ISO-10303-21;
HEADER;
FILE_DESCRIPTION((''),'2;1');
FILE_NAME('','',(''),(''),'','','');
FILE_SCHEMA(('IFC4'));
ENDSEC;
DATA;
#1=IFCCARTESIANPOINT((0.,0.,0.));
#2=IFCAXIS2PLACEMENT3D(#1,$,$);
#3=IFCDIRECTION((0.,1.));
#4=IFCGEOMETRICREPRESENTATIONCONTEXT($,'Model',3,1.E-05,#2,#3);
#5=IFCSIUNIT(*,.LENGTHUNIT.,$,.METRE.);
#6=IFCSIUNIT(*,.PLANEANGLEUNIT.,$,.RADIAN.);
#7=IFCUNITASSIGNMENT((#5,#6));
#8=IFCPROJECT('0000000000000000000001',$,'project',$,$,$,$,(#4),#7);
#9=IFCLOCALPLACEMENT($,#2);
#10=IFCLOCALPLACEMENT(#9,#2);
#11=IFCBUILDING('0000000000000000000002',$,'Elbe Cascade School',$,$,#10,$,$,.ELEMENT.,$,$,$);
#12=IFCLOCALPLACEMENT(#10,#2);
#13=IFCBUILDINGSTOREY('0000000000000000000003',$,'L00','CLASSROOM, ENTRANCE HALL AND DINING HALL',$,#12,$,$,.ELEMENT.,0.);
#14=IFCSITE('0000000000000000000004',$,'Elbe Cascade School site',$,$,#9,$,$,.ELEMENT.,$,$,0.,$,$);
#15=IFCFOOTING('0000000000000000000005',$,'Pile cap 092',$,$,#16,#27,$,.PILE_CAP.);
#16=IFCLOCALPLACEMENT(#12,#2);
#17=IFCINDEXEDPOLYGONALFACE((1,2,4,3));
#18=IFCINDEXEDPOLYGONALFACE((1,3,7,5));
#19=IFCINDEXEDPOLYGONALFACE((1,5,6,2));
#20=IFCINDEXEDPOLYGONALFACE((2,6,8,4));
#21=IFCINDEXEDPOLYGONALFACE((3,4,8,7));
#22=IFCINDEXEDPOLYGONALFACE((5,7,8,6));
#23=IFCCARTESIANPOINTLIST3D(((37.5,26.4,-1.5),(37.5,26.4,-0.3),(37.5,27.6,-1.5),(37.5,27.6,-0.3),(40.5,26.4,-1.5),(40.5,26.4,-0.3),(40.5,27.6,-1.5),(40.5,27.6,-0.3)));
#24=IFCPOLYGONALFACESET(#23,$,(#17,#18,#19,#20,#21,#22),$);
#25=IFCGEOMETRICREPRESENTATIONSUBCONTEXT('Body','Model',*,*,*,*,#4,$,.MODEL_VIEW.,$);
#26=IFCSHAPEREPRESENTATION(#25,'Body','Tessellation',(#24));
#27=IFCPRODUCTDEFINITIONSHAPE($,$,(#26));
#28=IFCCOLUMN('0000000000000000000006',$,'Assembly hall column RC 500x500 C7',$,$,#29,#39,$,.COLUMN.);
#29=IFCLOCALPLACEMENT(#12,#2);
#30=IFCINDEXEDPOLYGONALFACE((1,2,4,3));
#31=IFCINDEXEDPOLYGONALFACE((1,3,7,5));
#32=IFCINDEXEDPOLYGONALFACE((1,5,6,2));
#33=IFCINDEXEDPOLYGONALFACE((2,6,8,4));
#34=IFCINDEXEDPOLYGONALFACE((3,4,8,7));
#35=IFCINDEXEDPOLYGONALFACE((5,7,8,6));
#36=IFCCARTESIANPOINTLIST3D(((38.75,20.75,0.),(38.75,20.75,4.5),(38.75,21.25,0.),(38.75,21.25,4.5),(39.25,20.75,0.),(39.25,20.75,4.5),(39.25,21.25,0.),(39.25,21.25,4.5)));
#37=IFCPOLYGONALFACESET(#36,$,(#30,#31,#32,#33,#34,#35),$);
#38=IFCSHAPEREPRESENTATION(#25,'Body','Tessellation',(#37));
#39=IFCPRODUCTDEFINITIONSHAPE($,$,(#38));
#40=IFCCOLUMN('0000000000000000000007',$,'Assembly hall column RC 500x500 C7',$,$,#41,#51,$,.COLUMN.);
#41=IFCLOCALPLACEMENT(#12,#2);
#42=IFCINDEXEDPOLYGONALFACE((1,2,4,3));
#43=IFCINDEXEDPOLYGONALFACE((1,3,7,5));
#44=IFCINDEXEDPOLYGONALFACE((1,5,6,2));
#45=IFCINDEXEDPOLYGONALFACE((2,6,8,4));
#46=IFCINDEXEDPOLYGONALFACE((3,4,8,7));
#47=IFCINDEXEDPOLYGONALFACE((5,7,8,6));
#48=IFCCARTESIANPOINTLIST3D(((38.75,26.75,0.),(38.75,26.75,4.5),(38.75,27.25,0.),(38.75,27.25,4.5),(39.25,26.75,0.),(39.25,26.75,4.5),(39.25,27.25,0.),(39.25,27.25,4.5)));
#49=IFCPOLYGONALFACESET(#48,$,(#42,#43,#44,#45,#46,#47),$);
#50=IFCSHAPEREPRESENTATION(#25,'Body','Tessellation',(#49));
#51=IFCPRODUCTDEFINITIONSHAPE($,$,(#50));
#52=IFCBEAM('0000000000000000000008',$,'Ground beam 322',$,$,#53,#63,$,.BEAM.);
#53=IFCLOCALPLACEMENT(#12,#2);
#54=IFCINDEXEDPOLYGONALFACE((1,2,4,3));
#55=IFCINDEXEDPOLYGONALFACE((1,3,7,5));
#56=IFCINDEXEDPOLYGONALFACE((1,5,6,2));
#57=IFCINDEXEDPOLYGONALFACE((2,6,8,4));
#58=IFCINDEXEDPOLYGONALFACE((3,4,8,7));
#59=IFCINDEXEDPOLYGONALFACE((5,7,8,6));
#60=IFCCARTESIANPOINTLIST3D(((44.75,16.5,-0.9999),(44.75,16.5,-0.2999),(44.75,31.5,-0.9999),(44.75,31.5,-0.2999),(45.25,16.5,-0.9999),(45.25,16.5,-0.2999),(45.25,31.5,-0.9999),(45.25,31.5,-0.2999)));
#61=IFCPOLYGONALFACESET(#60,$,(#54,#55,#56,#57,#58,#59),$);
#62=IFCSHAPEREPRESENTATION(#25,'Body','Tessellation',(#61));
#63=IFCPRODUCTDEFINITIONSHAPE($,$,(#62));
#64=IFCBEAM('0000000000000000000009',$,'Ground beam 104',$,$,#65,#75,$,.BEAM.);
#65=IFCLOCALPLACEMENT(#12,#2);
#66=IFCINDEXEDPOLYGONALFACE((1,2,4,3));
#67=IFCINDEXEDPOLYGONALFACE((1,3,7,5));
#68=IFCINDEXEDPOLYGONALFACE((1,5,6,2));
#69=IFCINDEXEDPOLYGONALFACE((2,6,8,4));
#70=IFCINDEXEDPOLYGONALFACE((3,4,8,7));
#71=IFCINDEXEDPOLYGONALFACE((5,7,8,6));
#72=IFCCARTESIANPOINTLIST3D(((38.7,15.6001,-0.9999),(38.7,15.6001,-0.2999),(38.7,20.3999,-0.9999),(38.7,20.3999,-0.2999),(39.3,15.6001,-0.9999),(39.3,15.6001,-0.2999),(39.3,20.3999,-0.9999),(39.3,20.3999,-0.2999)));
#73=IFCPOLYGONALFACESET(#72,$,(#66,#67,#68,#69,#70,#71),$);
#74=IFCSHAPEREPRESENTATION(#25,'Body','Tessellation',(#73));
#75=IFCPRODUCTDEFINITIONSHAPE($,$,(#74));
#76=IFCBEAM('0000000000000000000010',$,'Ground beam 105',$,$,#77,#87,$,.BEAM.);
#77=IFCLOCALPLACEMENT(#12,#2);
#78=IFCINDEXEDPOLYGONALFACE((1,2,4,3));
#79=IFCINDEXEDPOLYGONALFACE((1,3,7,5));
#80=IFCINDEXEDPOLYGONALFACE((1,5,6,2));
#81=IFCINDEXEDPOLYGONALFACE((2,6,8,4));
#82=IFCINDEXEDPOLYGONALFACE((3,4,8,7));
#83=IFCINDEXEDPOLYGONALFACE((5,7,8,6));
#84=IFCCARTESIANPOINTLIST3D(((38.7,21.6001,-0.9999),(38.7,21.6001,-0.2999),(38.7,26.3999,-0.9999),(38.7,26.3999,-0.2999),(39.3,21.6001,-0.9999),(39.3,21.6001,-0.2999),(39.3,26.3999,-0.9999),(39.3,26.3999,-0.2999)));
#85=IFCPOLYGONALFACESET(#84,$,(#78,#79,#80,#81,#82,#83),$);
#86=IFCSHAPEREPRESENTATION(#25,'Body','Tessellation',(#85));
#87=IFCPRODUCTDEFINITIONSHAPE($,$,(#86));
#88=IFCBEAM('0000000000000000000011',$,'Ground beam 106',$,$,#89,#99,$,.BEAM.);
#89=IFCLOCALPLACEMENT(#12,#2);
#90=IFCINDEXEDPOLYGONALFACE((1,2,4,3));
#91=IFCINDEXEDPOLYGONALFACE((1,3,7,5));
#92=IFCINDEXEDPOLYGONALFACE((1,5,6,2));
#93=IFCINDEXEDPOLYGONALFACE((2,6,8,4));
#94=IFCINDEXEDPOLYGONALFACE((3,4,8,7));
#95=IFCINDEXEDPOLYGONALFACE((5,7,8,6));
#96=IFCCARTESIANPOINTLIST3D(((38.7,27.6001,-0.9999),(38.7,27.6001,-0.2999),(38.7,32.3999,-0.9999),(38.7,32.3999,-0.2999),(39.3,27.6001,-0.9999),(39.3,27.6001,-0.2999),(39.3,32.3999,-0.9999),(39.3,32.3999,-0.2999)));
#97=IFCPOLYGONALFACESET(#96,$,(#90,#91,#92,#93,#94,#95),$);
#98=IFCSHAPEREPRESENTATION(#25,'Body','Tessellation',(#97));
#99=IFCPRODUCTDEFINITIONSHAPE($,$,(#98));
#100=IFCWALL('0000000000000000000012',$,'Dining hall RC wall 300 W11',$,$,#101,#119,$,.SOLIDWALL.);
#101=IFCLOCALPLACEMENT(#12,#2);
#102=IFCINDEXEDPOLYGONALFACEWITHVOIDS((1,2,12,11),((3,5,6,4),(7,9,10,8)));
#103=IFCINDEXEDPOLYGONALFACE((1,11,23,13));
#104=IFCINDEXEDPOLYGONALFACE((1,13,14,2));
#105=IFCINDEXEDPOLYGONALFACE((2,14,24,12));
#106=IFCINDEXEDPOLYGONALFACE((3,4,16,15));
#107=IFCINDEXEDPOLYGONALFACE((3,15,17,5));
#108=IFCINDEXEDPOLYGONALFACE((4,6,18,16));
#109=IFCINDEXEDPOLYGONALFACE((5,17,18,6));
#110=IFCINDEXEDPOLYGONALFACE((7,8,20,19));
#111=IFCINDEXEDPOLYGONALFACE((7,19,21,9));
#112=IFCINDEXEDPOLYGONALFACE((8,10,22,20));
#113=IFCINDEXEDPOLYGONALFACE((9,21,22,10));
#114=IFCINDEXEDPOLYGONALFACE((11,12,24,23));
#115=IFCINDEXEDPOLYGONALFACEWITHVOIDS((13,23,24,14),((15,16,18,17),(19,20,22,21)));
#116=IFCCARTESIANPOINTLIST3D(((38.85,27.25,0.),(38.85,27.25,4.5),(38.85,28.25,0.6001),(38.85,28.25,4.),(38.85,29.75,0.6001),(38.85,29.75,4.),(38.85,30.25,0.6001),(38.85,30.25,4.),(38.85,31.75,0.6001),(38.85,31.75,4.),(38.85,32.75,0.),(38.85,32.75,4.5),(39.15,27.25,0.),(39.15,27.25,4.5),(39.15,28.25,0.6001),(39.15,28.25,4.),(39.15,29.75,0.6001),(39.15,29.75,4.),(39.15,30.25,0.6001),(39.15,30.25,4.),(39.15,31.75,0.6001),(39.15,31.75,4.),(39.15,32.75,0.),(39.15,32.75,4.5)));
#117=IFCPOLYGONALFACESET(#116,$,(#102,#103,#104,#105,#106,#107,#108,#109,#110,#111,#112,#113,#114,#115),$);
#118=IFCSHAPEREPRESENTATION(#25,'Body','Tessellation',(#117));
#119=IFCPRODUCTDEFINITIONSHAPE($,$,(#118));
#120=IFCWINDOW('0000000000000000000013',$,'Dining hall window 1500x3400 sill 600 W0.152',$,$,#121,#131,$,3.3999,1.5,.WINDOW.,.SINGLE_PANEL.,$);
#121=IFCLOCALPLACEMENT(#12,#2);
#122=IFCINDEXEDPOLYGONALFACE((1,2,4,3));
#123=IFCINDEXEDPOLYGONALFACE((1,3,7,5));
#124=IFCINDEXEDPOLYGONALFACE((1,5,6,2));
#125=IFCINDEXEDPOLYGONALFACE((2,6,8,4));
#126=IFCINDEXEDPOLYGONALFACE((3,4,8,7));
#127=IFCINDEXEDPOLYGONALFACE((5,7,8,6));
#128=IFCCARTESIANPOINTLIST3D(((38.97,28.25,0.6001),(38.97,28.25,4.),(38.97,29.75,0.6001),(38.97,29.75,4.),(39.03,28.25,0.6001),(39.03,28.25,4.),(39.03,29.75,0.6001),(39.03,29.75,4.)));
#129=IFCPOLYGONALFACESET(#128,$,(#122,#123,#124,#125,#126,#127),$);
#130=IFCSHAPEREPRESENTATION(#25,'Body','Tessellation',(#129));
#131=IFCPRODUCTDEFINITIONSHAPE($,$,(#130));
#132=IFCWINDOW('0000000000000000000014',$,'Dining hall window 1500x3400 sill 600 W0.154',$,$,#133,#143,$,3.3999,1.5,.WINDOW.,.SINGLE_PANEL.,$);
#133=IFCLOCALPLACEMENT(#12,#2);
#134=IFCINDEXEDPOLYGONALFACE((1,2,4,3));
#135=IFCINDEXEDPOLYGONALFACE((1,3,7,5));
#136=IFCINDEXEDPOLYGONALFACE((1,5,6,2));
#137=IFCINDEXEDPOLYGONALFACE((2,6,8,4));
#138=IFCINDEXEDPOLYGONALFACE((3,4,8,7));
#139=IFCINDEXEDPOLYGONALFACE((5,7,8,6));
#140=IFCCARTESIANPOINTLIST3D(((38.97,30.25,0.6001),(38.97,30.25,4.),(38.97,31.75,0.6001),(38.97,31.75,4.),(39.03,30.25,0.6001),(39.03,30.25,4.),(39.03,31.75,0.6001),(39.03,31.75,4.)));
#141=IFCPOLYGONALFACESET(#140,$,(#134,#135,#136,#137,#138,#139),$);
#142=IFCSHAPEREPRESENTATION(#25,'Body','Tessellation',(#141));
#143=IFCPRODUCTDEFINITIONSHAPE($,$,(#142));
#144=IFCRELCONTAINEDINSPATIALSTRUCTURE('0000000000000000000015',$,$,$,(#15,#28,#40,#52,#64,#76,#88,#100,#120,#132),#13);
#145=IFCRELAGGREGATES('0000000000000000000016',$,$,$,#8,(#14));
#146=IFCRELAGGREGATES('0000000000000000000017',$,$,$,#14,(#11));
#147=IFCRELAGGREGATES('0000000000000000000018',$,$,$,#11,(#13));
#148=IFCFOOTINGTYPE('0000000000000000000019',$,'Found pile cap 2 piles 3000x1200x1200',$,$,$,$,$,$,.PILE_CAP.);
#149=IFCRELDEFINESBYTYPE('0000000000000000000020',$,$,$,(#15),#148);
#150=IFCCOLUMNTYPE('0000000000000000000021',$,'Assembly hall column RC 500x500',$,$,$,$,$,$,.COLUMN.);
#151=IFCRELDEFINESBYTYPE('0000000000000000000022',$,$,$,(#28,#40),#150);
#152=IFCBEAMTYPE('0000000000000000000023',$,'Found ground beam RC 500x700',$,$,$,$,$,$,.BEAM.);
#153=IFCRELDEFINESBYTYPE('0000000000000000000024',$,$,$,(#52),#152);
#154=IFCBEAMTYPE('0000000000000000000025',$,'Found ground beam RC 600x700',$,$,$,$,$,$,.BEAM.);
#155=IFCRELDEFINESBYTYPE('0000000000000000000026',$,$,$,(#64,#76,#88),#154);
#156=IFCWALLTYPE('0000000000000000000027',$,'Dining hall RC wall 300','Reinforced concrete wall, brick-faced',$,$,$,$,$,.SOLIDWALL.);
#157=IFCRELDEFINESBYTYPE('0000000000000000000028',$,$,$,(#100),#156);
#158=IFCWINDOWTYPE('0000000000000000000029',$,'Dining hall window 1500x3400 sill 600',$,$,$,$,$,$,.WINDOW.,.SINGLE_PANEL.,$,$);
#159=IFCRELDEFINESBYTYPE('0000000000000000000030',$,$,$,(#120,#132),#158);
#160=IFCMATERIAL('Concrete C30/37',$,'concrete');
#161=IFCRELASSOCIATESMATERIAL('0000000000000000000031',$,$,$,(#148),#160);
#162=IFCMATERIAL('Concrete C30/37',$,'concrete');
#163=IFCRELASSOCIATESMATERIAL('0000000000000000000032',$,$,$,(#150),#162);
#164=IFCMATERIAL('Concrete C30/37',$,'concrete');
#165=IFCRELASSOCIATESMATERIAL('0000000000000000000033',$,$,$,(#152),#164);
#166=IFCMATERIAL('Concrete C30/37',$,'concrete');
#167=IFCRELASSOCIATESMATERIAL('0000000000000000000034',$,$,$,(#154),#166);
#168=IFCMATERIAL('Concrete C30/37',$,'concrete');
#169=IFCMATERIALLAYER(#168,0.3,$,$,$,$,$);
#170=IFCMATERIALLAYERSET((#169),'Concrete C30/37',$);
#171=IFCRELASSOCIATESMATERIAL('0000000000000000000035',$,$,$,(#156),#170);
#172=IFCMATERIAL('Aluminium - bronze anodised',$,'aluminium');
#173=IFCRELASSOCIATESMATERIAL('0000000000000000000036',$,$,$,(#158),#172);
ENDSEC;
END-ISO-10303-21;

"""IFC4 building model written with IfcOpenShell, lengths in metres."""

from ifc_helpers import new_model, si_unit, direction, frame, frame_2d, origin, origin_2d, place, context, subcontext, project, spatial, rectangle, extrude, material, layer, layer_set, material_profile, profile_set, type_object, element, fill, save


model = new_model("IFC4")

# Units and contexts
model_context = context("Model", 3, precision=1e-05, world=origin(), true_north=direction((0.0, 1.0)))
body_context = subcontext(model_context, "Body", "Model", "MODEL_VIEW")
ifc_project = project(units=[si_unit("LENGTHUNIT", "METRE"), si_unit("PLANEANGLEUNIT", "RADIAN")], contexts=[model_context])

# Site, building, storey
site_placement = place(None, origin())
site = spatial("IfcSite", under=ifc_project, at=site_placement, Name="Elbe Cascade School site", CompositionType="ELEMENT", RefElevation=0.0)
building_placement = place(site_placement, origin())
building = spatial("IfcBuilding", under=site, at=building_placement, Name="Elbe Cascade School", CompositionType="ELEMENT")
storey_placement = place(building_placement, origin())
storey = spatial("IfcBuildingStorey", under=building, at=storey_placement, Name="L00", Description="CLASSROOM, ENTRANCE HALL AND DINING HALL", CompositionType="ELEMENT", Elevation=0.0)

# Footing
ifc_material_1 = material(Name="Concrete C30/37", Category="concrete")
footing_type = type_object("IfcFootingType", Name="Found pile cap 2 piles 3000x1200x1200", PredefinedType="PILE_CAP", material=ifc_material_1)
for number, where, z_axis, x_axis, name in (
    (1, (39.0, 27.0, -1.5), (0.0, 0.0, 1.0), (1.0, 0.0, 0.0), "Pile cap 092"),
):
    element("IfcFooting", number, at=place(storey_placement, frame(where, z_axis=z_axis, x_axis=x_axis)), inside=storey, type_object=footing_type, Name=name, PredefinedType="PILE_CAP", context=body_context, shape_type="SweptSolid", body=[
        extrude(rectangle(XDim=3.0, YDim=1.2, at=origin_2d()), origin(), (0.0, 0.0, 1.0), 1.2),
    ])

# Columns
ifc_material_2 = material(Name="Concrete C30/37", Category="concrete")
ifc_material_profile_1 = material_profile(ifc_material_2, rectangle(XDim=0.5, YDim=0.5, at=origin_2d()), Name="RC 500x500")
ifc_profile_set_1 = profile_set([ifc_material_profile_1], Name="Concrete C30/37")
column_type = type_object("IfcColumnType", Name="Assembly hall column RC 500x500", PredefinedType="COLUMN", material=ifc_profile_set_1)
for number, where, z_axis, x_axis, name in (
    (2, (39.0, 21.0, 0.0), (0.0, 0.0, 1.0), (1.0, 0.0, 0.0), "Assembly hall column RC 500x500 C7"),
    (3, (39.0, 27.0, 0.0), (0.0, 0.0, 1.0), (1.0, 0.0, 0.0), "Assembly hall column RC 500x500 C7"),
):
    element("IfcColumn", number, at=place(storey_placement, frame(where, z_axis=z_axis, x_axis=x_axis)), inside=storey, type_object=column_type, Name=name, PredefinedType="COLUMN", context=body_context, shape_type="SweptSolid", body=[
        extrude(rectangle(XDim=0.5, YDim=0.5, at=origin_2d()), origin(), (0.0, 0.0, 1.0), 4.5),
    ])

# Beams
ifc_material_3 = material(Name="Concrete C30/37", Category="concrete")
ifc_material_profile_2 = material_profile(ifc_material_3, rectangle(XDim=0.5, YDim=0.7, at=origin_2d()), Name="RC 500x700")
ifc_profile_set_2 = profile_set([ifc_material_profile_2], Name="Concrete C30/37")
beam_type_1 = type_object("IfcBeamType", Name="Found ground beam RC 500x700", PredefinedType="BEAM", material=ifc_profile_set_2)
beam_placement = place(storey_placement, frame((45.0, 16.5, -0.6499), z_axis=(0.0, 1.0, 0.0), x_axis=(-1.0, 0.0, 0.0)))
element("IfcBeam", 4, at=beam_placement, inside=storey, type_object=beam_type_1, Name="Ground beam 322", PredefinedType="BEAM", context=body_context, shape_type="SweptSolid", body=[
    extrude(rectangle(XDim=0.5, YDim=0.7, at=origin_2d()), origin(), (0.0, 0.0, 1.0), 15.0),
])
ifc_material_4 = material(Name="Concrete C30/37", Category="concrete")
ifc_material_profile_3 = material_profile(ifc_material_4, rectangle(XDim=0.6001, YDim=0.7, at=origin_2d()), Name="RC 600x700")
ifc_profile_set_3 = profile_set([ifc_material_profile_3], Name="Concrete C30/37")
beam_type_2 = type_object("IfcBeamType", Name="Found ground beam RC 600x700", PredefinedType="BEAM", material=ifc_profile_set_3)
for number, where, z_axis, x_axis, name in (
    (5, (39.0, 15.6001, -0.6499), (0.0, 1.0, 0.0), (-1.0, 0.0, 0.0), "Ground beam 104"),
    (6, (39.0, 21.6001, -0.6499), (0.0, 1.0, 0.0), (-1.0, 0.0, 0.0), "Ground beam 105"),
    (7, (39.0, 27.6001, -0.6499), (0.0, 1.0, 0.0), (-1.0, 0.0, 0.0), "Ground beam 106"),
):
    element("IfcBeam", number, at=place(storey_placement, frame(where, z_axis=z_axis, x_axis=x_axis)), inside=storey, type_object=beam_type_2, Name=name, PredefinedType="BEAM", context=body_context, shape_type="SweptSolid", body=[
        extrude(rectangle(XDim=0.6001, YDim=0.7, at=origin_2d()), origin(), (0.0, 0.0, 1.0), 4.7998),
    ])

# Shared definitions
ifc_material_5 = material(Name="Concrete C30/37", Category="concrete")
ifc_layer_1 = layer(ifc_material_5, 0.3)
ifc_layer_set_1 = layer_set([ifc_layer_1], Name="Concrete C30/37")
wall_type_1 = type_object("IfcWallType", Name="Dining hall RC wall 300", Description="Reinforced concrete wall, brick-faced", PredefinedType="SOLIDWALL", material=ifc_layer_set_1)

# Wall, openings, windows
wall_1_placement = place(storey_placement, frame((39.0, 27.25, 0.0), z_axis=(0.0, 0.0, 1.0), x_axis=(0.0, 1.0, 0.0)))
wall_1 = element("IfcWall", 8, at=wall_1_placement, inside=storey, type_object=wall_type_1, Name="Dining hall RC wall 300 W11", PredefinedType="SOLIDWALL", context=body_context, shape_type="SweptSolid", body=[
    extrude(rectangle(XDim=5.5, YDim=0.3, at=frame_2d((2.75, 0.0))), origin(), (0.0, 0.0, 1.0), 4.5),
])
opening_1_placement = place(wall_1_placement, frame((1.0, 0.0, 0.6001)))
opening_1 = element("IfcOpeningElement", 9, at=opening_1_placement, cuts=wall_1, PredefinedType="OPENING", context=body_context, shape_type="SweptSolid", body=[
    extrude(rectangle(XDim=1.5, YDim=3.3999, at=frame_2d((0.75, 1.7))), frame((0.0, 0.1599, 0.0), z_axis=(0.0, -1.0, 0.0), x_axis=(1.0, 0.0, 0.0)), (0.0, 0.0, 1.0), 0.3201),
])
opening_2_placement = place(wall_1_placement, frame((3.0, 0.0, 0.6001)))
opening_2 = element("IfcOpeningElement", 10, at=opening_2_placement, cuts=wall_1, PredefinedType="OPENING", context=body_context, shape_type="SweptSolid", body=[
    extrude(rectangle(XDim=1.5, YDim=3.3999, at=frame_2d((0.75, 1.7))), frame((0.0, 0.1599, 0.0), z_axis=(0.0, -1.0, 0.0), x_axis=(1.0, 0.0, 0.0)), (0.0, 0.0, 1.0), 0.3201),
])
ifc_material_6 = material(Name="Aluminium - bronze anodised", Category="aluminium")
window_type = type_object("IfcWindowType", Name="Dining hall window 1500x3400 sill 600", PartitioningType="SINGLE_PANEL", PredefinedType="WINDOW", material=ifc_material_6)
window_1_placement = place(opening_1_placement, origin())
window_1 = element("IfcWindow", 11, at=window_1_placement, inside=storey, type_object=window_type, Name="Dining hall window 1500x3400 sill 600 W0.152", OverallHeight=3.3999, OverallWidth=1.5, PartitioningType="SINGLE_PANEL", PredefinedType="WINDOW", context=body_context, shape_type="SweptSolid", body=[
    extrude(rectangle(XDim=1.5, YDim=3.3999, at=frame_2d((0.75, 1.7))), frame((0.0, 0.03, 0.0), z_axis=(0.0, -1.0, 0.0), x_axis=(1.0, 0.0, 0.0)), (0.0, 0.0, 1.0), 0.0601),
])
fill(opening_1, window_1)
window_2_placement = place(opening_2_placement, origin())
window_2 = element("IfcWindow", 12, at=window_2_placement, inside=storey, type_object=window_type, Name="Dining hall window 1500x3400 sill 600 W0.154", OverallHeight=3.3999, OverallWidth=1.5, PartitioningType="SINGLE_PANEL", PredefinedType="WINDOW", context=body_context, shape_type="SweptSolid", body=[
    extrude(rectangle(XDim=1.5, YDim=3.3999, at=frame_2d((0.75, 1.7))), frame((0.0, 0.03, 0.0), z_axis=(0.0, -1.0, 0.0), x_axis=(1.0, 0.0, 0.0)), (0.0, 0.0, 1.0), 0.0601),
])
fill(opening_2, window_2)

save(model, "model.ifc")
